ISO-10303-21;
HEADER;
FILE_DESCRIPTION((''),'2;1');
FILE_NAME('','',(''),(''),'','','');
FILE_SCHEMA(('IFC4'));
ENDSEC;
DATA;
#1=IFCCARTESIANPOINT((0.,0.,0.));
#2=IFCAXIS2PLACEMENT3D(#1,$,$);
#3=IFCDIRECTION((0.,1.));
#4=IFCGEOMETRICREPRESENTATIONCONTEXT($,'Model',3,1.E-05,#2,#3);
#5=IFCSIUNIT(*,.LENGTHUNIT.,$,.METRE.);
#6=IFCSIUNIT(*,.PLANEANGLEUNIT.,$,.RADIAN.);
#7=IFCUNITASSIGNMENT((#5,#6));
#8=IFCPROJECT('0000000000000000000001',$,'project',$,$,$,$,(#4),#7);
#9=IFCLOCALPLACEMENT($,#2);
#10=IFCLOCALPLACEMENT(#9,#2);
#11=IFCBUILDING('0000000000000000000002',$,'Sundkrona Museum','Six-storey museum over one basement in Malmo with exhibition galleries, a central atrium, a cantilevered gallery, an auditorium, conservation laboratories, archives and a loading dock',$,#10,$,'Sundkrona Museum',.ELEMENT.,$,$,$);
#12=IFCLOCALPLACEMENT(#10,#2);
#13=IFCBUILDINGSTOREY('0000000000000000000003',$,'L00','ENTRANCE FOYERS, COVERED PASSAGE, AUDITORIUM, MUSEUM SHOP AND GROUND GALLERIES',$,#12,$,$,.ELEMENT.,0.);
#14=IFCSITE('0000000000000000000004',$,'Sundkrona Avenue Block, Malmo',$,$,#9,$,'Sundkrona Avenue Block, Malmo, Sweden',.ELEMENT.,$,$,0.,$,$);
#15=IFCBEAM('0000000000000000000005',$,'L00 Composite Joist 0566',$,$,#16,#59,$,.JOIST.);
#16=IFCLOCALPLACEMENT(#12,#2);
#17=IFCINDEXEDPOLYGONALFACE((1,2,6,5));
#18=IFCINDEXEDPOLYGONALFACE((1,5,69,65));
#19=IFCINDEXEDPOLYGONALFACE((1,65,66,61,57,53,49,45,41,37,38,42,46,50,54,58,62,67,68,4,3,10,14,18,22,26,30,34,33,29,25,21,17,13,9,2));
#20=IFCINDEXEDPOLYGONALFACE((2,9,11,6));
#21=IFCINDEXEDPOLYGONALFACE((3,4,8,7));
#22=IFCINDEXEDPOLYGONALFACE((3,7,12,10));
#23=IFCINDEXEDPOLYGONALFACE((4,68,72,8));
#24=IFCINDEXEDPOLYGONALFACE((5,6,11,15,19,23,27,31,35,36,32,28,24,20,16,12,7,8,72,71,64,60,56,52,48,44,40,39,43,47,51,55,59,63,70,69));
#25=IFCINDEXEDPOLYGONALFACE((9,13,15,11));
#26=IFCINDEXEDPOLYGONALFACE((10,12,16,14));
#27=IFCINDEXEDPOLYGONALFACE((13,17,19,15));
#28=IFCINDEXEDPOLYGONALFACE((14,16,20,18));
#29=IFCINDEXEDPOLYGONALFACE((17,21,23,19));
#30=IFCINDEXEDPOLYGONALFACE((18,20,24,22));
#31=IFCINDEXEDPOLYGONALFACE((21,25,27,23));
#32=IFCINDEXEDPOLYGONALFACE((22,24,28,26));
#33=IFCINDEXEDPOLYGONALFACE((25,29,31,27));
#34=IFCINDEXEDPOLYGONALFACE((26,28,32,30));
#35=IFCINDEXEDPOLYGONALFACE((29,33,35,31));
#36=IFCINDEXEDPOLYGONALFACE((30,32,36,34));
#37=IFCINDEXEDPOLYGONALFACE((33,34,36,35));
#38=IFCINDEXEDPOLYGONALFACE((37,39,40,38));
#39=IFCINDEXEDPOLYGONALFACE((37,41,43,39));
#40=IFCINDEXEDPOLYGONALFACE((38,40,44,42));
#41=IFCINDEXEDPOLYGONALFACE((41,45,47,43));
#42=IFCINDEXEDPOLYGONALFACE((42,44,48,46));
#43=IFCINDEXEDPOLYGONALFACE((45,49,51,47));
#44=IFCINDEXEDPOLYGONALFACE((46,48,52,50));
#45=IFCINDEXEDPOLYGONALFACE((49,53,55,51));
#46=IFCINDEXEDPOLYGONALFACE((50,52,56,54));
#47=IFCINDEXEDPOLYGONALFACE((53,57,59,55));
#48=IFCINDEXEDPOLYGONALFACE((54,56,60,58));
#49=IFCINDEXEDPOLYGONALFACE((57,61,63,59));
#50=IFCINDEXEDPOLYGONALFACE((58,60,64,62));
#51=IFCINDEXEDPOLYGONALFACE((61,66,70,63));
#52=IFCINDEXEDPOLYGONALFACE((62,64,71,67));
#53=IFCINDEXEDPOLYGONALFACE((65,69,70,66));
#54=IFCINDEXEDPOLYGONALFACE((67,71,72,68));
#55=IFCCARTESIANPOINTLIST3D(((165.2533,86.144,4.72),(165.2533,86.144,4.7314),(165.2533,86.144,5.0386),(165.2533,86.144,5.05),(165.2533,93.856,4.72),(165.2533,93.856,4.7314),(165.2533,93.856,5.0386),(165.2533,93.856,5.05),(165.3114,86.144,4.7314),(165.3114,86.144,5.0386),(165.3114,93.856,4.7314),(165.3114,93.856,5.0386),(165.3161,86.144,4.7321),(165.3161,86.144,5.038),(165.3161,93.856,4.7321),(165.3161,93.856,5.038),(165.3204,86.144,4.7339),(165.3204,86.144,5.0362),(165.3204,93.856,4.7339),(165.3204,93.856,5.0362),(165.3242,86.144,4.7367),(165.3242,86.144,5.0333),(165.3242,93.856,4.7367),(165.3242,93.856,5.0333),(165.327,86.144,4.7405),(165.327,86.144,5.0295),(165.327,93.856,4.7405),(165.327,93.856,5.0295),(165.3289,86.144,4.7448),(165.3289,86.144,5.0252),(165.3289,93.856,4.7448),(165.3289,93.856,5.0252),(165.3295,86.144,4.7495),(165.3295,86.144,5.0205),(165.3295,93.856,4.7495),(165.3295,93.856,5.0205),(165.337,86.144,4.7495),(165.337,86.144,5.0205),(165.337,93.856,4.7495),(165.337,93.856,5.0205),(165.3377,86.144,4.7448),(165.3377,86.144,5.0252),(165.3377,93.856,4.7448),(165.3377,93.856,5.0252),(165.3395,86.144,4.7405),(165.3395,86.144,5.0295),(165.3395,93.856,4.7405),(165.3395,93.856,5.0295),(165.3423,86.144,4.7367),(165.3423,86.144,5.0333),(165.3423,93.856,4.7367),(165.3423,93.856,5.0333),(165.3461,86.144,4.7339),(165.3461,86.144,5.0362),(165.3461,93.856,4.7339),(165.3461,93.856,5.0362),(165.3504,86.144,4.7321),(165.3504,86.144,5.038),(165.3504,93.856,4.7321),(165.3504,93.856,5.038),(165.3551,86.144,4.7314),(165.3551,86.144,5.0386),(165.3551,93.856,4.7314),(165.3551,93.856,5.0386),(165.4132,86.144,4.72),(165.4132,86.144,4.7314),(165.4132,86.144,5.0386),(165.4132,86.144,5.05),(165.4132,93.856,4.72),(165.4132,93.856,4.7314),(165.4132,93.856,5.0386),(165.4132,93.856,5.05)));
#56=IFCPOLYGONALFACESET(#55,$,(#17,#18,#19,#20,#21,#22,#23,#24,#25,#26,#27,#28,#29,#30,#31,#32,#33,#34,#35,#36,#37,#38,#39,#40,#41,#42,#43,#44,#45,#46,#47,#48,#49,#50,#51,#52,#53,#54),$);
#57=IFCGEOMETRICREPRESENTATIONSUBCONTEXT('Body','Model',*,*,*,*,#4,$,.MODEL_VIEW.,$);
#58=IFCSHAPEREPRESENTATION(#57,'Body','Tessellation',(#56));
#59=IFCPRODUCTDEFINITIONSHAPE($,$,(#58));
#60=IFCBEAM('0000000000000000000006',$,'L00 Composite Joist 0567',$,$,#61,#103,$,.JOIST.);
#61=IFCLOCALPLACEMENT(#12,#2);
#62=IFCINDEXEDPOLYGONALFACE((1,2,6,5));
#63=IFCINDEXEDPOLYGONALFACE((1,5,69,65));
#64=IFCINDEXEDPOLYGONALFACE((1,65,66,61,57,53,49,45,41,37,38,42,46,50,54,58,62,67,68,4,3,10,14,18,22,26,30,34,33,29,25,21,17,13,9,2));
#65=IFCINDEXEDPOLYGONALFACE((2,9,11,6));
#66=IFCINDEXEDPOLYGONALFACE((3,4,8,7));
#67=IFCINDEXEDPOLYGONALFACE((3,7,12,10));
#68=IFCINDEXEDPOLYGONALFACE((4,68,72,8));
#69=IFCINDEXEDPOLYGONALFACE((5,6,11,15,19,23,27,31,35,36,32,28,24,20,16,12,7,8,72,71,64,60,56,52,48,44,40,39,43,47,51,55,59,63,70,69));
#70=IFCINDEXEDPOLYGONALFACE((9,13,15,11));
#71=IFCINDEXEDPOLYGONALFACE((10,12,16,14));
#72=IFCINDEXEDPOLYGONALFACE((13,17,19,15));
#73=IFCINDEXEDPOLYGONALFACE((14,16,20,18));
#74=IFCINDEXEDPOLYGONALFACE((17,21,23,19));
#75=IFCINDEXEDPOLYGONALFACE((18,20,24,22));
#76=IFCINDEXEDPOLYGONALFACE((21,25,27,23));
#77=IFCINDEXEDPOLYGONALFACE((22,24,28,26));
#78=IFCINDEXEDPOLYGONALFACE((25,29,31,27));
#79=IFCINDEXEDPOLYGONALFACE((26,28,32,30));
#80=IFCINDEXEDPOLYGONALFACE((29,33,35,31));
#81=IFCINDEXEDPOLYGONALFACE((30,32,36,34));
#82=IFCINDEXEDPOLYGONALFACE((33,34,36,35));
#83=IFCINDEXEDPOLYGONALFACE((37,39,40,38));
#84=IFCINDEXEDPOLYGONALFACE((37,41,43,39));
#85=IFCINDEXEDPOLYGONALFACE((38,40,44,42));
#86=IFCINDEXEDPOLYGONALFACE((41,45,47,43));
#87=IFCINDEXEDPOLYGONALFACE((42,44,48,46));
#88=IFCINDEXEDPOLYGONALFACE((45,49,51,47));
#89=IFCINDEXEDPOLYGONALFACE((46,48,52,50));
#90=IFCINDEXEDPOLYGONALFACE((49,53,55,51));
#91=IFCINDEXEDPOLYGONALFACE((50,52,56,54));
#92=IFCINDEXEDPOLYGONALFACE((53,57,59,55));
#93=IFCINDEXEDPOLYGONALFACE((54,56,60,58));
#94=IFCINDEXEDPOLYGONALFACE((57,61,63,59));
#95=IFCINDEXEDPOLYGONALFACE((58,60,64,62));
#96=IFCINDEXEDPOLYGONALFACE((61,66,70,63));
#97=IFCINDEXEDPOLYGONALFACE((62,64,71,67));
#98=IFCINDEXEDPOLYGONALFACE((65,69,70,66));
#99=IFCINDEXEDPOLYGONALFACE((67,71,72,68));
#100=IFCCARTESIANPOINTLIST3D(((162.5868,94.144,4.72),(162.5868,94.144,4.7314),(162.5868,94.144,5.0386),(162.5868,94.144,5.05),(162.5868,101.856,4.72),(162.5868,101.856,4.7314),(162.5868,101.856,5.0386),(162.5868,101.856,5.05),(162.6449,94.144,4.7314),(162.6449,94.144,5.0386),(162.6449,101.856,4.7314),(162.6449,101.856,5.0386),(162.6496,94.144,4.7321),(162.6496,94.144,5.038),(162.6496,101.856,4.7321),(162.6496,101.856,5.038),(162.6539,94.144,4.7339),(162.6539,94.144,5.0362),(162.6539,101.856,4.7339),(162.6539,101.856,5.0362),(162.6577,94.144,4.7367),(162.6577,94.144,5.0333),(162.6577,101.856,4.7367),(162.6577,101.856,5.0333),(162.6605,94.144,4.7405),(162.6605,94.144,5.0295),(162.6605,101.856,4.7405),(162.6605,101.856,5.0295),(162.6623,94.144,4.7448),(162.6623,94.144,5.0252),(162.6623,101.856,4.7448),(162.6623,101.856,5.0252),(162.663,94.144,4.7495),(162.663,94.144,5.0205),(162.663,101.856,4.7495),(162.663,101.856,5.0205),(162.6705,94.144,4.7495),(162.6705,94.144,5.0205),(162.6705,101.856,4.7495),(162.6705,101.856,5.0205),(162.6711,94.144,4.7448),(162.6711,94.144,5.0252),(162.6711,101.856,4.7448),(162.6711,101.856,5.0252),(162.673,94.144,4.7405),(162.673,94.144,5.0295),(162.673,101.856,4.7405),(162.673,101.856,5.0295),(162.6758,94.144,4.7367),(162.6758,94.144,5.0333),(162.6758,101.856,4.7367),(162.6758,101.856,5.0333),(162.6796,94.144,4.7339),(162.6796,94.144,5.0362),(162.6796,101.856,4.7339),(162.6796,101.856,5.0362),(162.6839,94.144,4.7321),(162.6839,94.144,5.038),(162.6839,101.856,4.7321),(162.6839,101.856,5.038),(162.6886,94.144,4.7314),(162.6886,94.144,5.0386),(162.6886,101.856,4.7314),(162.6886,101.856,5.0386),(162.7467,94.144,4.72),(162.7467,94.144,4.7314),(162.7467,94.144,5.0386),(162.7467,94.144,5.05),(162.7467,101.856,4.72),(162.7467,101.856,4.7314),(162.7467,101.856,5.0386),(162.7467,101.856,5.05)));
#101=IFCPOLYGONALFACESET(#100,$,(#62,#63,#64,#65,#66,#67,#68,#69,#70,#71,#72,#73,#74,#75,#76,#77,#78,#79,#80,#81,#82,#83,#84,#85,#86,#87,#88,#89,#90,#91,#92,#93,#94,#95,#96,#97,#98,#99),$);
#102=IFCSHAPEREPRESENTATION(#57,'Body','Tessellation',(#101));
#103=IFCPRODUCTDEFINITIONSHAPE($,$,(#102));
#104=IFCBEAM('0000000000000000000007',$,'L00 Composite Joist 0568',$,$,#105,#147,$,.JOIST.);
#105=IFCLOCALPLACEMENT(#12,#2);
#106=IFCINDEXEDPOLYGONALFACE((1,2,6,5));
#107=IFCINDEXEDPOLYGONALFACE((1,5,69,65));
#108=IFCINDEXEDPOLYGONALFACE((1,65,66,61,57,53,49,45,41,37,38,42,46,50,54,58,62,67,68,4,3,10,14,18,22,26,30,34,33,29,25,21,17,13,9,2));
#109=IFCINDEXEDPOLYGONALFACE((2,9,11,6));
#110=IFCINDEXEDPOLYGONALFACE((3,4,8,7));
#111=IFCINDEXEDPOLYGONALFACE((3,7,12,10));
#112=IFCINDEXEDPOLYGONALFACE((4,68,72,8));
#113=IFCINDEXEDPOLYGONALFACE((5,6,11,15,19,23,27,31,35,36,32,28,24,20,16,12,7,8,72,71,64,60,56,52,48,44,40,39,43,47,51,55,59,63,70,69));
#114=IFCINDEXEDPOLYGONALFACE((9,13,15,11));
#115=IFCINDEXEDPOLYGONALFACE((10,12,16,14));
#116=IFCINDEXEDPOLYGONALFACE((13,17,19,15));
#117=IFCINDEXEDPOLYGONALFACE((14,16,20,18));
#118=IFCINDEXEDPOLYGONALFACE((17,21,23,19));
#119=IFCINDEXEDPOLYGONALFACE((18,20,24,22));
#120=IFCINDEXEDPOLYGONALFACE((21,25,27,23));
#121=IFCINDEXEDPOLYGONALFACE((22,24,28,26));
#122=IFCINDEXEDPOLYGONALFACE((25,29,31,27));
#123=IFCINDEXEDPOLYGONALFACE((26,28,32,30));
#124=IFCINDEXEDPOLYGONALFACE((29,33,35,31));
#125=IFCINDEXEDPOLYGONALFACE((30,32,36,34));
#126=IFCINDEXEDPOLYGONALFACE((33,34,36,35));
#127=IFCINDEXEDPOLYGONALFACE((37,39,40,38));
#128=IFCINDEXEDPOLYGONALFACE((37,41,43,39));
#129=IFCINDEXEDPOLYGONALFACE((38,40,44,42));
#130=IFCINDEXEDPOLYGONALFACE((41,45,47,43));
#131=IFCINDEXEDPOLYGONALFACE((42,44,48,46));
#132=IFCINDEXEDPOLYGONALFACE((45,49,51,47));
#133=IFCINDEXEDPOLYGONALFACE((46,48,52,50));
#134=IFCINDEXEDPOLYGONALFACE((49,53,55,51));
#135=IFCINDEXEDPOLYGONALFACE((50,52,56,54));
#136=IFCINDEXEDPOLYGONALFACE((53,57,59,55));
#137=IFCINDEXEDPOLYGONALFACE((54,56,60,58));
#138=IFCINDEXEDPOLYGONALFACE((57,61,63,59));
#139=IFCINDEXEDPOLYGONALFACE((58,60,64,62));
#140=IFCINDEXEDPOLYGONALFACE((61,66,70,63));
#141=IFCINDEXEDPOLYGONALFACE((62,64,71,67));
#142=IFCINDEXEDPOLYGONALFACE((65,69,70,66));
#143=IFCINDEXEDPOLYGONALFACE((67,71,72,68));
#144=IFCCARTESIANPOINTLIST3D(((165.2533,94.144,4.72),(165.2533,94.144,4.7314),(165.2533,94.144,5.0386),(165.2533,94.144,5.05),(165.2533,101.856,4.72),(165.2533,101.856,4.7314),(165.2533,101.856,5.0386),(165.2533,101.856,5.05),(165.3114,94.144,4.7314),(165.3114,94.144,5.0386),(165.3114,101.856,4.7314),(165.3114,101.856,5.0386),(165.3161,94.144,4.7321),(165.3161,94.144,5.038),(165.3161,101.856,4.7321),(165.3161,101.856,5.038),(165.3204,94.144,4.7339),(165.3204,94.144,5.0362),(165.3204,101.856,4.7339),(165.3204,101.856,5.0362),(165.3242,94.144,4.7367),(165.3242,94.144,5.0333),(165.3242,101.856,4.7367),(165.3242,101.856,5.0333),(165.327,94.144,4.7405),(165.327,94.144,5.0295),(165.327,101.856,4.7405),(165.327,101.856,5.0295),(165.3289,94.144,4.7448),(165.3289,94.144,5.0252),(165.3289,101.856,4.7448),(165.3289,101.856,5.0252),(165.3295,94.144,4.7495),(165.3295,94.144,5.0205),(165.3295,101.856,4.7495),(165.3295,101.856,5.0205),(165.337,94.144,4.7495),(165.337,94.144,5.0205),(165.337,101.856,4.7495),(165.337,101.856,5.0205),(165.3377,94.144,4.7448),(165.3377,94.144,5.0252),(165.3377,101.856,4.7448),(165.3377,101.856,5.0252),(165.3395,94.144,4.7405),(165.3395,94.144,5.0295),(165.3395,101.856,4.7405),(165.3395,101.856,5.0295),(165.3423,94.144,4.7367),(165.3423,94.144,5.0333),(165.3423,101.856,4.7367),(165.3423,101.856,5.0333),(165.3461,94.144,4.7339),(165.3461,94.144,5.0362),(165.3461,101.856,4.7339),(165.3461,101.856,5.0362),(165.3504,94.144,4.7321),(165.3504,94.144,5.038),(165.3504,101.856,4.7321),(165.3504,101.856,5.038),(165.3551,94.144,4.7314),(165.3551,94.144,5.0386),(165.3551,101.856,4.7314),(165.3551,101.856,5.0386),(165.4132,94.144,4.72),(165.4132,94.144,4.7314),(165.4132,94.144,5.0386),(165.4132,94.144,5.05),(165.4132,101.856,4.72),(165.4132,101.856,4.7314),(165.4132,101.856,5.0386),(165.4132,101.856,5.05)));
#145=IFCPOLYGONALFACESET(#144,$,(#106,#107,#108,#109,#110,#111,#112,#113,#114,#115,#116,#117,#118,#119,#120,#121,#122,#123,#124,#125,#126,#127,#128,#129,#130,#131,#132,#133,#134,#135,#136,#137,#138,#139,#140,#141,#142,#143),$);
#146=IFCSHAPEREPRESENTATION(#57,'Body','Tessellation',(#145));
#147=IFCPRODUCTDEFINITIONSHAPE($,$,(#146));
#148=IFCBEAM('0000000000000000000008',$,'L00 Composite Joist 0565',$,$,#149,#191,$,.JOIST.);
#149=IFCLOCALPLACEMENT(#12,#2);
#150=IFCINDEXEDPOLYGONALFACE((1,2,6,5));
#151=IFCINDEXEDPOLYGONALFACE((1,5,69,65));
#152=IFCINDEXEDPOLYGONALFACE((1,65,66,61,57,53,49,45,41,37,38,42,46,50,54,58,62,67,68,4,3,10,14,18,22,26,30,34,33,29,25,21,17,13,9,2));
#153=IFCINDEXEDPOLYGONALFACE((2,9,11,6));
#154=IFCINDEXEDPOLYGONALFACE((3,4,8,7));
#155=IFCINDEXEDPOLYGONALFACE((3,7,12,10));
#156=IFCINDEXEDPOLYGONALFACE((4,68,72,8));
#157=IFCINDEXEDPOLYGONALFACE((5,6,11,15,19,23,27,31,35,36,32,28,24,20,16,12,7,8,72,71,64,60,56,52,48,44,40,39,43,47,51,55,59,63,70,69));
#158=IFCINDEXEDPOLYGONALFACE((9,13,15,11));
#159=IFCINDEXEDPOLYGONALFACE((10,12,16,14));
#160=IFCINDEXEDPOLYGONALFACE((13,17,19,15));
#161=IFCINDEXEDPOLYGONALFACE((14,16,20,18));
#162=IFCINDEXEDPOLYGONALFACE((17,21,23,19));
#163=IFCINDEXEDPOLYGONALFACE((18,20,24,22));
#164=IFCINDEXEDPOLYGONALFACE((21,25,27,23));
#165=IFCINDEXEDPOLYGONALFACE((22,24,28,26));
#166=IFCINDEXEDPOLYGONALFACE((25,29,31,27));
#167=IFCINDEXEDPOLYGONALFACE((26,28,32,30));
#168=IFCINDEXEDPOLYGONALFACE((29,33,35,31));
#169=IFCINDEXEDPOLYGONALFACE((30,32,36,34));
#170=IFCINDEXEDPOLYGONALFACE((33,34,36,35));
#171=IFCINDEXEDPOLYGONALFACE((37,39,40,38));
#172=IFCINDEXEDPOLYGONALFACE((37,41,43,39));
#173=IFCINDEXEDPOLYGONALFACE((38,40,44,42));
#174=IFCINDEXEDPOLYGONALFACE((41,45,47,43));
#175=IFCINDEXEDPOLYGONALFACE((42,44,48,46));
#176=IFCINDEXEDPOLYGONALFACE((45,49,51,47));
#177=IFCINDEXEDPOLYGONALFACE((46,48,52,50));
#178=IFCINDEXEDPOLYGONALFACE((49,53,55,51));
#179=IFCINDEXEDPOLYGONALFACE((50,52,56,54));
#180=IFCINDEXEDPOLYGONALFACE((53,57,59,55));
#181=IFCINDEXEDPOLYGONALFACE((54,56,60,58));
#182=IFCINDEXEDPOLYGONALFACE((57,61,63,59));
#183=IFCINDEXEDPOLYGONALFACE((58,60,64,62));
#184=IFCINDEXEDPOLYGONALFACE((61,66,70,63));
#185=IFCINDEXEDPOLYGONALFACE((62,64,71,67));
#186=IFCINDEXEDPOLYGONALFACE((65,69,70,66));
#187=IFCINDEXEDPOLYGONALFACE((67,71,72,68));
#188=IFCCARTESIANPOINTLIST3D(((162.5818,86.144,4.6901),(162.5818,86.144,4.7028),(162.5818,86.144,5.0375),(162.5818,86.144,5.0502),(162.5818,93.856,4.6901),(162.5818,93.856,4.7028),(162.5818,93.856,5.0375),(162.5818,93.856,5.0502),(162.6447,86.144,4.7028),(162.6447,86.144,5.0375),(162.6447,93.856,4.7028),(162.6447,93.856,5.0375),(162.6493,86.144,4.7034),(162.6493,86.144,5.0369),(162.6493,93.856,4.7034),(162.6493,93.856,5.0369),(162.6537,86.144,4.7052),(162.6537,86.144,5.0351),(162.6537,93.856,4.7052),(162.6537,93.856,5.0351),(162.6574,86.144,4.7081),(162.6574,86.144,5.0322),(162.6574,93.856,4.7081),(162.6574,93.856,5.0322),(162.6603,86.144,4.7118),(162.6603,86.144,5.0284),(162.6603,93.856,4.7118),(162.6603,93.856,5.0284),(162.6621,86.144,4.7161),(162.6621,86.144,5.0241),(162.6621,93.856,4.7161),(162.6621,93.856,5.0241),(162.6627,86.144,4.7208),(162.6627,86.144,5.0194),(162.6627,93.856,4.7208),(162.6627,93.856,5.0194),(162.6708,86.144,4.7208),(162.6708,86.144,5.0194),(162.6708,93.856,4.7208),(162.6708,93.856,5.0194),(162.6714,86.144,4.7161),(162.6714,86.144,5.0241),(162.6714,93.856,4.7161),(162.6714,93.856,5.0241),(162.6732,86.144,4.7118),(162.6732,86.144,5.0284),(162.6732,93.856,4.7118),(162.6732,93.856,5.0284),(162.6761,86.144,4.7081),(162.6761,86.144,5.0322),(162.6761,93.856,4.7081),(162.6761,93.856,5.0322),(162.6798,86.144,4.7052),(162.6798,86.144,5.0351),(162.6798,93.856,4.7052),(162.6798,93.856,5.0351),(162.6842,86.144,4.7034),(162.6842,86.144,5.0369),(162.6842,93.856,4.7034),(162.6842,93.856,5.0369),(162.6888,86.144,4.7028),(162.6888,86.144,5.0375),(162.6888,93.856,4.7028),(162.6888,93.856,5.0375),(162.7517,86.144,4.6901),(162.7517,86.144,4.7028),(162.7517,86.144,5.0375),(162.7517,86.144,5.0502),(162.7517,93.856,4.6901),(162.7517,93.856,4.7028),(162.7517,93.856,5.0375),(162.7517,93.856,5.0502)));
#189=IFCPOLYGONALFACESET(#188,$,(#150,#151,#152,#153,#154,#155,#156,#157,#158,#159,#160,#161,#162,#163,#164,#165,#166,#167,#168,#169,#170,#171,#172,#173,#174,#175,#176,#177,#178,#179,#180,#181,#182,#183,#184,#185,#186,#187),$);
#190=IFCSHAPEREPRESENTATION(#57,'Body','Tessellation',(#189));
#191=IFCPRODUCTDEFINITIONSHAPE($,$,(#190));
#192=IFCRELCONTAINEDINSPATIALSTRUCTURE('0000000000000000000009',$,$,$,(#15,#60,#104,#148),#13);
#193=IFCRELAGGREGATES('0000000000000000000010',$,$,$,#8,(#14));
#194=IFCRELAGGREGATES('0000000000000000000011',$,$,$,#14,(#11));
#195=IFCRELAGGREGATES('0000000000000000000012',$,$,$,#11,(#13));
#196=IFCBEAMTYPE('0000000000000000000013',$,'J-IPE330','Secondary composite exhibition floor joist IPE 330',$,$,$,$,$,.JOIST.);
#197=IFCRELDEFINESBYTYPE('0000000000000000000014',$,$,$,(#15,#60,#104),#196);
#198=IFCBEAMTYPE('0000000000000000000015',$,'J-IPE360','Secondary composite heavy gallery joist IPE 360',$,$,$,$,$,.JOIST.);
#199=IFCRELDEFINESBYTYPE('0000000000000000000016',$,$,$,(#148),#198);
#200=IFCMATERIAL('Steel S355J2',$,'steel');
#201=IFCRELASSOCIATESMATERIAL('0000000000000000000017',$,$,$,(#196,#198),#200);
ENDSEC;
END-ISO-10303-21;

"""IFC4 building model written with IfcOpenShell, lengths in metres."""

from ifc_helpers import new_model, si_unit, direction, frame, origin, origin_2d, place, context, subcontext, project, spatial, i_section, extrude, material, material_profile, profile_set, type_object, element, save


model = new_model("IFC4")

# Units and contexts
model_context = context("Model", 3, precision=1e-05, world=origin(), true_north=direction((0.0, 1.0)))
body_context = subcontext(model_context, "Body", "Model", "MODEL_VIEW")
ifc_project = project(units=[si_unit("LENGTHUNIT", "METRE"), si_unit("PLANEANGLEUNIT", "RADIAN")], contexts=[model_context])

# Site, building, storey
site_placement = place(None, origin())
site = spatial("IfcSite", under=ifc_project, at=site_placement, Name="Sundkrona Avenue Block, Malmo", LongName="Sundkrona Avenue Block, Malmo, Sweden", CompositionType="ELEMENT", RefElevation=0.0)
building_placement = place(site_placement, origin())
building = spatial("IfcBuilding", under=site, at=building_placement, Name="Sundkrona Museum", Description="Six-storey museum over one basement in Malmo with exhibition galleries, a central atrium, a cantilevered gallery, an auditorium, conservation laboratories, archives and a loading dock", LongName="Sundkrona Museum", CompositionType="ELEMENT")
storey_placement = place(building_placement, origin())
storey = spatial("IfcBuildingStorey", under=building, at=storey_placement, Name="L00", Description="ENTRANCE FOYERS, COVERED PASSAGE, AUDITORIUM, MUSEUM SHOP AND GROUND GALLERIES", CompositionType="ELEMENT", Elevation=0.0)

# Shared definitions
ifc_material_1 = material(Name="Steel S355J2", Category="steel")

# Beams
ifc_material_profile_1 = material_profile(ifc_material_1, i_section(OverallWidth=0.1599, OverallDepth=0.3301, WebThickness=0.0076, FlangeThickness=0.0115, FilletRadius=0.0181, at=origin_2d()), Name="IPE 330")
ifc_profile_set_1 = profile_set([ifc_material_profile_1], Name="Steel S355J2")
beam_type_1 = type_object("IfcBeamType", Name="J-IPE330", Description="Secondary composite exhibition floor joist IPE 330", PredefinedType="JOIST", material=ifc_profile_set_1)
for number, where, z_axis, x_axis, name in (
    (1, (165.3333, 86.144, 4.885), (0.0, 1.0, 0.0), (-1.0, 0.0, 0.0), "L00 Composite Joist 0566"),
    (2, (162.6667, 94.144, 4.885), (0.0, 1.0, 0.0), (-1.0, 0.0, 0.0), "L00 Composite Joist 0567"),
    (3, (165.3333, 94.144, 4.885), (0.0, 1.0, 0.0), (-1.0, 0.0, 0.0), "L00 Composite Joist 0568"),
):
    element("IfcBeam", number, at=place(storey_placement, frame(where, z_axis=z_axis, x_axis=x_axis)), inside=storey, type_object=beam_type_1, Name=name, PredefinedType="JOIST", context=body_context, shape_type="SweptSolid", body=[
        extrude(i_section(OverallWidth=0.1599, OverallDepth=0.3301, WebThickness=0.0076, FlangeThickness=0.0115, FilletRadius=0.0181, at=origin_2d()), origin(), (0.0, 0.0, 1.0), 7.7119),
    ])
ifc_material_profile_2 = material_profile(ifc_material_1, i_section(OverallWidth=0.1699, OverallDepth=0.3601, WebThickness=0.0081, FlangeThickness=0.0127, FilletRadius=0.0181, at=origin_2d()), Name="IPE 360")
ifc_profile_set_2 = profile_set([ifc_material_profile_2], Name="Steel S355J2")
beam_type_2 = type_object("IfcBeamType", Name="J-IPE360", Description="Secondary composite heavy gallery joist IPE 360", PredefinedType="JOIST", material=ifc_profile_set_2)
beam_1_placement = place(storey_placement, frame((162.6667, 86.144, 4.8701), z_axis=(0.0, 1.0, 0.0), x_axis=(-1.0, 0.0, 0.0)))
element("IfcBeam", 4, at=beam_1_placement, inside=storey, type_object=beam_type_2, Name="L00 Composite Joist 0565", PredefinedType="JOIST", context=body_context, shape_type="SweptSolid", body=[
    extrude(i_section(OverallWidth=0.1699, OverallDepth=0.3601, WebThickness=0.0081, FlangeThickness=0.0127, FilletRadius=0.0181, at=origin_2d()), origin(), (0.0, 0.0, 1.0), 7.7119),
])

save(model, "model.ifc")
